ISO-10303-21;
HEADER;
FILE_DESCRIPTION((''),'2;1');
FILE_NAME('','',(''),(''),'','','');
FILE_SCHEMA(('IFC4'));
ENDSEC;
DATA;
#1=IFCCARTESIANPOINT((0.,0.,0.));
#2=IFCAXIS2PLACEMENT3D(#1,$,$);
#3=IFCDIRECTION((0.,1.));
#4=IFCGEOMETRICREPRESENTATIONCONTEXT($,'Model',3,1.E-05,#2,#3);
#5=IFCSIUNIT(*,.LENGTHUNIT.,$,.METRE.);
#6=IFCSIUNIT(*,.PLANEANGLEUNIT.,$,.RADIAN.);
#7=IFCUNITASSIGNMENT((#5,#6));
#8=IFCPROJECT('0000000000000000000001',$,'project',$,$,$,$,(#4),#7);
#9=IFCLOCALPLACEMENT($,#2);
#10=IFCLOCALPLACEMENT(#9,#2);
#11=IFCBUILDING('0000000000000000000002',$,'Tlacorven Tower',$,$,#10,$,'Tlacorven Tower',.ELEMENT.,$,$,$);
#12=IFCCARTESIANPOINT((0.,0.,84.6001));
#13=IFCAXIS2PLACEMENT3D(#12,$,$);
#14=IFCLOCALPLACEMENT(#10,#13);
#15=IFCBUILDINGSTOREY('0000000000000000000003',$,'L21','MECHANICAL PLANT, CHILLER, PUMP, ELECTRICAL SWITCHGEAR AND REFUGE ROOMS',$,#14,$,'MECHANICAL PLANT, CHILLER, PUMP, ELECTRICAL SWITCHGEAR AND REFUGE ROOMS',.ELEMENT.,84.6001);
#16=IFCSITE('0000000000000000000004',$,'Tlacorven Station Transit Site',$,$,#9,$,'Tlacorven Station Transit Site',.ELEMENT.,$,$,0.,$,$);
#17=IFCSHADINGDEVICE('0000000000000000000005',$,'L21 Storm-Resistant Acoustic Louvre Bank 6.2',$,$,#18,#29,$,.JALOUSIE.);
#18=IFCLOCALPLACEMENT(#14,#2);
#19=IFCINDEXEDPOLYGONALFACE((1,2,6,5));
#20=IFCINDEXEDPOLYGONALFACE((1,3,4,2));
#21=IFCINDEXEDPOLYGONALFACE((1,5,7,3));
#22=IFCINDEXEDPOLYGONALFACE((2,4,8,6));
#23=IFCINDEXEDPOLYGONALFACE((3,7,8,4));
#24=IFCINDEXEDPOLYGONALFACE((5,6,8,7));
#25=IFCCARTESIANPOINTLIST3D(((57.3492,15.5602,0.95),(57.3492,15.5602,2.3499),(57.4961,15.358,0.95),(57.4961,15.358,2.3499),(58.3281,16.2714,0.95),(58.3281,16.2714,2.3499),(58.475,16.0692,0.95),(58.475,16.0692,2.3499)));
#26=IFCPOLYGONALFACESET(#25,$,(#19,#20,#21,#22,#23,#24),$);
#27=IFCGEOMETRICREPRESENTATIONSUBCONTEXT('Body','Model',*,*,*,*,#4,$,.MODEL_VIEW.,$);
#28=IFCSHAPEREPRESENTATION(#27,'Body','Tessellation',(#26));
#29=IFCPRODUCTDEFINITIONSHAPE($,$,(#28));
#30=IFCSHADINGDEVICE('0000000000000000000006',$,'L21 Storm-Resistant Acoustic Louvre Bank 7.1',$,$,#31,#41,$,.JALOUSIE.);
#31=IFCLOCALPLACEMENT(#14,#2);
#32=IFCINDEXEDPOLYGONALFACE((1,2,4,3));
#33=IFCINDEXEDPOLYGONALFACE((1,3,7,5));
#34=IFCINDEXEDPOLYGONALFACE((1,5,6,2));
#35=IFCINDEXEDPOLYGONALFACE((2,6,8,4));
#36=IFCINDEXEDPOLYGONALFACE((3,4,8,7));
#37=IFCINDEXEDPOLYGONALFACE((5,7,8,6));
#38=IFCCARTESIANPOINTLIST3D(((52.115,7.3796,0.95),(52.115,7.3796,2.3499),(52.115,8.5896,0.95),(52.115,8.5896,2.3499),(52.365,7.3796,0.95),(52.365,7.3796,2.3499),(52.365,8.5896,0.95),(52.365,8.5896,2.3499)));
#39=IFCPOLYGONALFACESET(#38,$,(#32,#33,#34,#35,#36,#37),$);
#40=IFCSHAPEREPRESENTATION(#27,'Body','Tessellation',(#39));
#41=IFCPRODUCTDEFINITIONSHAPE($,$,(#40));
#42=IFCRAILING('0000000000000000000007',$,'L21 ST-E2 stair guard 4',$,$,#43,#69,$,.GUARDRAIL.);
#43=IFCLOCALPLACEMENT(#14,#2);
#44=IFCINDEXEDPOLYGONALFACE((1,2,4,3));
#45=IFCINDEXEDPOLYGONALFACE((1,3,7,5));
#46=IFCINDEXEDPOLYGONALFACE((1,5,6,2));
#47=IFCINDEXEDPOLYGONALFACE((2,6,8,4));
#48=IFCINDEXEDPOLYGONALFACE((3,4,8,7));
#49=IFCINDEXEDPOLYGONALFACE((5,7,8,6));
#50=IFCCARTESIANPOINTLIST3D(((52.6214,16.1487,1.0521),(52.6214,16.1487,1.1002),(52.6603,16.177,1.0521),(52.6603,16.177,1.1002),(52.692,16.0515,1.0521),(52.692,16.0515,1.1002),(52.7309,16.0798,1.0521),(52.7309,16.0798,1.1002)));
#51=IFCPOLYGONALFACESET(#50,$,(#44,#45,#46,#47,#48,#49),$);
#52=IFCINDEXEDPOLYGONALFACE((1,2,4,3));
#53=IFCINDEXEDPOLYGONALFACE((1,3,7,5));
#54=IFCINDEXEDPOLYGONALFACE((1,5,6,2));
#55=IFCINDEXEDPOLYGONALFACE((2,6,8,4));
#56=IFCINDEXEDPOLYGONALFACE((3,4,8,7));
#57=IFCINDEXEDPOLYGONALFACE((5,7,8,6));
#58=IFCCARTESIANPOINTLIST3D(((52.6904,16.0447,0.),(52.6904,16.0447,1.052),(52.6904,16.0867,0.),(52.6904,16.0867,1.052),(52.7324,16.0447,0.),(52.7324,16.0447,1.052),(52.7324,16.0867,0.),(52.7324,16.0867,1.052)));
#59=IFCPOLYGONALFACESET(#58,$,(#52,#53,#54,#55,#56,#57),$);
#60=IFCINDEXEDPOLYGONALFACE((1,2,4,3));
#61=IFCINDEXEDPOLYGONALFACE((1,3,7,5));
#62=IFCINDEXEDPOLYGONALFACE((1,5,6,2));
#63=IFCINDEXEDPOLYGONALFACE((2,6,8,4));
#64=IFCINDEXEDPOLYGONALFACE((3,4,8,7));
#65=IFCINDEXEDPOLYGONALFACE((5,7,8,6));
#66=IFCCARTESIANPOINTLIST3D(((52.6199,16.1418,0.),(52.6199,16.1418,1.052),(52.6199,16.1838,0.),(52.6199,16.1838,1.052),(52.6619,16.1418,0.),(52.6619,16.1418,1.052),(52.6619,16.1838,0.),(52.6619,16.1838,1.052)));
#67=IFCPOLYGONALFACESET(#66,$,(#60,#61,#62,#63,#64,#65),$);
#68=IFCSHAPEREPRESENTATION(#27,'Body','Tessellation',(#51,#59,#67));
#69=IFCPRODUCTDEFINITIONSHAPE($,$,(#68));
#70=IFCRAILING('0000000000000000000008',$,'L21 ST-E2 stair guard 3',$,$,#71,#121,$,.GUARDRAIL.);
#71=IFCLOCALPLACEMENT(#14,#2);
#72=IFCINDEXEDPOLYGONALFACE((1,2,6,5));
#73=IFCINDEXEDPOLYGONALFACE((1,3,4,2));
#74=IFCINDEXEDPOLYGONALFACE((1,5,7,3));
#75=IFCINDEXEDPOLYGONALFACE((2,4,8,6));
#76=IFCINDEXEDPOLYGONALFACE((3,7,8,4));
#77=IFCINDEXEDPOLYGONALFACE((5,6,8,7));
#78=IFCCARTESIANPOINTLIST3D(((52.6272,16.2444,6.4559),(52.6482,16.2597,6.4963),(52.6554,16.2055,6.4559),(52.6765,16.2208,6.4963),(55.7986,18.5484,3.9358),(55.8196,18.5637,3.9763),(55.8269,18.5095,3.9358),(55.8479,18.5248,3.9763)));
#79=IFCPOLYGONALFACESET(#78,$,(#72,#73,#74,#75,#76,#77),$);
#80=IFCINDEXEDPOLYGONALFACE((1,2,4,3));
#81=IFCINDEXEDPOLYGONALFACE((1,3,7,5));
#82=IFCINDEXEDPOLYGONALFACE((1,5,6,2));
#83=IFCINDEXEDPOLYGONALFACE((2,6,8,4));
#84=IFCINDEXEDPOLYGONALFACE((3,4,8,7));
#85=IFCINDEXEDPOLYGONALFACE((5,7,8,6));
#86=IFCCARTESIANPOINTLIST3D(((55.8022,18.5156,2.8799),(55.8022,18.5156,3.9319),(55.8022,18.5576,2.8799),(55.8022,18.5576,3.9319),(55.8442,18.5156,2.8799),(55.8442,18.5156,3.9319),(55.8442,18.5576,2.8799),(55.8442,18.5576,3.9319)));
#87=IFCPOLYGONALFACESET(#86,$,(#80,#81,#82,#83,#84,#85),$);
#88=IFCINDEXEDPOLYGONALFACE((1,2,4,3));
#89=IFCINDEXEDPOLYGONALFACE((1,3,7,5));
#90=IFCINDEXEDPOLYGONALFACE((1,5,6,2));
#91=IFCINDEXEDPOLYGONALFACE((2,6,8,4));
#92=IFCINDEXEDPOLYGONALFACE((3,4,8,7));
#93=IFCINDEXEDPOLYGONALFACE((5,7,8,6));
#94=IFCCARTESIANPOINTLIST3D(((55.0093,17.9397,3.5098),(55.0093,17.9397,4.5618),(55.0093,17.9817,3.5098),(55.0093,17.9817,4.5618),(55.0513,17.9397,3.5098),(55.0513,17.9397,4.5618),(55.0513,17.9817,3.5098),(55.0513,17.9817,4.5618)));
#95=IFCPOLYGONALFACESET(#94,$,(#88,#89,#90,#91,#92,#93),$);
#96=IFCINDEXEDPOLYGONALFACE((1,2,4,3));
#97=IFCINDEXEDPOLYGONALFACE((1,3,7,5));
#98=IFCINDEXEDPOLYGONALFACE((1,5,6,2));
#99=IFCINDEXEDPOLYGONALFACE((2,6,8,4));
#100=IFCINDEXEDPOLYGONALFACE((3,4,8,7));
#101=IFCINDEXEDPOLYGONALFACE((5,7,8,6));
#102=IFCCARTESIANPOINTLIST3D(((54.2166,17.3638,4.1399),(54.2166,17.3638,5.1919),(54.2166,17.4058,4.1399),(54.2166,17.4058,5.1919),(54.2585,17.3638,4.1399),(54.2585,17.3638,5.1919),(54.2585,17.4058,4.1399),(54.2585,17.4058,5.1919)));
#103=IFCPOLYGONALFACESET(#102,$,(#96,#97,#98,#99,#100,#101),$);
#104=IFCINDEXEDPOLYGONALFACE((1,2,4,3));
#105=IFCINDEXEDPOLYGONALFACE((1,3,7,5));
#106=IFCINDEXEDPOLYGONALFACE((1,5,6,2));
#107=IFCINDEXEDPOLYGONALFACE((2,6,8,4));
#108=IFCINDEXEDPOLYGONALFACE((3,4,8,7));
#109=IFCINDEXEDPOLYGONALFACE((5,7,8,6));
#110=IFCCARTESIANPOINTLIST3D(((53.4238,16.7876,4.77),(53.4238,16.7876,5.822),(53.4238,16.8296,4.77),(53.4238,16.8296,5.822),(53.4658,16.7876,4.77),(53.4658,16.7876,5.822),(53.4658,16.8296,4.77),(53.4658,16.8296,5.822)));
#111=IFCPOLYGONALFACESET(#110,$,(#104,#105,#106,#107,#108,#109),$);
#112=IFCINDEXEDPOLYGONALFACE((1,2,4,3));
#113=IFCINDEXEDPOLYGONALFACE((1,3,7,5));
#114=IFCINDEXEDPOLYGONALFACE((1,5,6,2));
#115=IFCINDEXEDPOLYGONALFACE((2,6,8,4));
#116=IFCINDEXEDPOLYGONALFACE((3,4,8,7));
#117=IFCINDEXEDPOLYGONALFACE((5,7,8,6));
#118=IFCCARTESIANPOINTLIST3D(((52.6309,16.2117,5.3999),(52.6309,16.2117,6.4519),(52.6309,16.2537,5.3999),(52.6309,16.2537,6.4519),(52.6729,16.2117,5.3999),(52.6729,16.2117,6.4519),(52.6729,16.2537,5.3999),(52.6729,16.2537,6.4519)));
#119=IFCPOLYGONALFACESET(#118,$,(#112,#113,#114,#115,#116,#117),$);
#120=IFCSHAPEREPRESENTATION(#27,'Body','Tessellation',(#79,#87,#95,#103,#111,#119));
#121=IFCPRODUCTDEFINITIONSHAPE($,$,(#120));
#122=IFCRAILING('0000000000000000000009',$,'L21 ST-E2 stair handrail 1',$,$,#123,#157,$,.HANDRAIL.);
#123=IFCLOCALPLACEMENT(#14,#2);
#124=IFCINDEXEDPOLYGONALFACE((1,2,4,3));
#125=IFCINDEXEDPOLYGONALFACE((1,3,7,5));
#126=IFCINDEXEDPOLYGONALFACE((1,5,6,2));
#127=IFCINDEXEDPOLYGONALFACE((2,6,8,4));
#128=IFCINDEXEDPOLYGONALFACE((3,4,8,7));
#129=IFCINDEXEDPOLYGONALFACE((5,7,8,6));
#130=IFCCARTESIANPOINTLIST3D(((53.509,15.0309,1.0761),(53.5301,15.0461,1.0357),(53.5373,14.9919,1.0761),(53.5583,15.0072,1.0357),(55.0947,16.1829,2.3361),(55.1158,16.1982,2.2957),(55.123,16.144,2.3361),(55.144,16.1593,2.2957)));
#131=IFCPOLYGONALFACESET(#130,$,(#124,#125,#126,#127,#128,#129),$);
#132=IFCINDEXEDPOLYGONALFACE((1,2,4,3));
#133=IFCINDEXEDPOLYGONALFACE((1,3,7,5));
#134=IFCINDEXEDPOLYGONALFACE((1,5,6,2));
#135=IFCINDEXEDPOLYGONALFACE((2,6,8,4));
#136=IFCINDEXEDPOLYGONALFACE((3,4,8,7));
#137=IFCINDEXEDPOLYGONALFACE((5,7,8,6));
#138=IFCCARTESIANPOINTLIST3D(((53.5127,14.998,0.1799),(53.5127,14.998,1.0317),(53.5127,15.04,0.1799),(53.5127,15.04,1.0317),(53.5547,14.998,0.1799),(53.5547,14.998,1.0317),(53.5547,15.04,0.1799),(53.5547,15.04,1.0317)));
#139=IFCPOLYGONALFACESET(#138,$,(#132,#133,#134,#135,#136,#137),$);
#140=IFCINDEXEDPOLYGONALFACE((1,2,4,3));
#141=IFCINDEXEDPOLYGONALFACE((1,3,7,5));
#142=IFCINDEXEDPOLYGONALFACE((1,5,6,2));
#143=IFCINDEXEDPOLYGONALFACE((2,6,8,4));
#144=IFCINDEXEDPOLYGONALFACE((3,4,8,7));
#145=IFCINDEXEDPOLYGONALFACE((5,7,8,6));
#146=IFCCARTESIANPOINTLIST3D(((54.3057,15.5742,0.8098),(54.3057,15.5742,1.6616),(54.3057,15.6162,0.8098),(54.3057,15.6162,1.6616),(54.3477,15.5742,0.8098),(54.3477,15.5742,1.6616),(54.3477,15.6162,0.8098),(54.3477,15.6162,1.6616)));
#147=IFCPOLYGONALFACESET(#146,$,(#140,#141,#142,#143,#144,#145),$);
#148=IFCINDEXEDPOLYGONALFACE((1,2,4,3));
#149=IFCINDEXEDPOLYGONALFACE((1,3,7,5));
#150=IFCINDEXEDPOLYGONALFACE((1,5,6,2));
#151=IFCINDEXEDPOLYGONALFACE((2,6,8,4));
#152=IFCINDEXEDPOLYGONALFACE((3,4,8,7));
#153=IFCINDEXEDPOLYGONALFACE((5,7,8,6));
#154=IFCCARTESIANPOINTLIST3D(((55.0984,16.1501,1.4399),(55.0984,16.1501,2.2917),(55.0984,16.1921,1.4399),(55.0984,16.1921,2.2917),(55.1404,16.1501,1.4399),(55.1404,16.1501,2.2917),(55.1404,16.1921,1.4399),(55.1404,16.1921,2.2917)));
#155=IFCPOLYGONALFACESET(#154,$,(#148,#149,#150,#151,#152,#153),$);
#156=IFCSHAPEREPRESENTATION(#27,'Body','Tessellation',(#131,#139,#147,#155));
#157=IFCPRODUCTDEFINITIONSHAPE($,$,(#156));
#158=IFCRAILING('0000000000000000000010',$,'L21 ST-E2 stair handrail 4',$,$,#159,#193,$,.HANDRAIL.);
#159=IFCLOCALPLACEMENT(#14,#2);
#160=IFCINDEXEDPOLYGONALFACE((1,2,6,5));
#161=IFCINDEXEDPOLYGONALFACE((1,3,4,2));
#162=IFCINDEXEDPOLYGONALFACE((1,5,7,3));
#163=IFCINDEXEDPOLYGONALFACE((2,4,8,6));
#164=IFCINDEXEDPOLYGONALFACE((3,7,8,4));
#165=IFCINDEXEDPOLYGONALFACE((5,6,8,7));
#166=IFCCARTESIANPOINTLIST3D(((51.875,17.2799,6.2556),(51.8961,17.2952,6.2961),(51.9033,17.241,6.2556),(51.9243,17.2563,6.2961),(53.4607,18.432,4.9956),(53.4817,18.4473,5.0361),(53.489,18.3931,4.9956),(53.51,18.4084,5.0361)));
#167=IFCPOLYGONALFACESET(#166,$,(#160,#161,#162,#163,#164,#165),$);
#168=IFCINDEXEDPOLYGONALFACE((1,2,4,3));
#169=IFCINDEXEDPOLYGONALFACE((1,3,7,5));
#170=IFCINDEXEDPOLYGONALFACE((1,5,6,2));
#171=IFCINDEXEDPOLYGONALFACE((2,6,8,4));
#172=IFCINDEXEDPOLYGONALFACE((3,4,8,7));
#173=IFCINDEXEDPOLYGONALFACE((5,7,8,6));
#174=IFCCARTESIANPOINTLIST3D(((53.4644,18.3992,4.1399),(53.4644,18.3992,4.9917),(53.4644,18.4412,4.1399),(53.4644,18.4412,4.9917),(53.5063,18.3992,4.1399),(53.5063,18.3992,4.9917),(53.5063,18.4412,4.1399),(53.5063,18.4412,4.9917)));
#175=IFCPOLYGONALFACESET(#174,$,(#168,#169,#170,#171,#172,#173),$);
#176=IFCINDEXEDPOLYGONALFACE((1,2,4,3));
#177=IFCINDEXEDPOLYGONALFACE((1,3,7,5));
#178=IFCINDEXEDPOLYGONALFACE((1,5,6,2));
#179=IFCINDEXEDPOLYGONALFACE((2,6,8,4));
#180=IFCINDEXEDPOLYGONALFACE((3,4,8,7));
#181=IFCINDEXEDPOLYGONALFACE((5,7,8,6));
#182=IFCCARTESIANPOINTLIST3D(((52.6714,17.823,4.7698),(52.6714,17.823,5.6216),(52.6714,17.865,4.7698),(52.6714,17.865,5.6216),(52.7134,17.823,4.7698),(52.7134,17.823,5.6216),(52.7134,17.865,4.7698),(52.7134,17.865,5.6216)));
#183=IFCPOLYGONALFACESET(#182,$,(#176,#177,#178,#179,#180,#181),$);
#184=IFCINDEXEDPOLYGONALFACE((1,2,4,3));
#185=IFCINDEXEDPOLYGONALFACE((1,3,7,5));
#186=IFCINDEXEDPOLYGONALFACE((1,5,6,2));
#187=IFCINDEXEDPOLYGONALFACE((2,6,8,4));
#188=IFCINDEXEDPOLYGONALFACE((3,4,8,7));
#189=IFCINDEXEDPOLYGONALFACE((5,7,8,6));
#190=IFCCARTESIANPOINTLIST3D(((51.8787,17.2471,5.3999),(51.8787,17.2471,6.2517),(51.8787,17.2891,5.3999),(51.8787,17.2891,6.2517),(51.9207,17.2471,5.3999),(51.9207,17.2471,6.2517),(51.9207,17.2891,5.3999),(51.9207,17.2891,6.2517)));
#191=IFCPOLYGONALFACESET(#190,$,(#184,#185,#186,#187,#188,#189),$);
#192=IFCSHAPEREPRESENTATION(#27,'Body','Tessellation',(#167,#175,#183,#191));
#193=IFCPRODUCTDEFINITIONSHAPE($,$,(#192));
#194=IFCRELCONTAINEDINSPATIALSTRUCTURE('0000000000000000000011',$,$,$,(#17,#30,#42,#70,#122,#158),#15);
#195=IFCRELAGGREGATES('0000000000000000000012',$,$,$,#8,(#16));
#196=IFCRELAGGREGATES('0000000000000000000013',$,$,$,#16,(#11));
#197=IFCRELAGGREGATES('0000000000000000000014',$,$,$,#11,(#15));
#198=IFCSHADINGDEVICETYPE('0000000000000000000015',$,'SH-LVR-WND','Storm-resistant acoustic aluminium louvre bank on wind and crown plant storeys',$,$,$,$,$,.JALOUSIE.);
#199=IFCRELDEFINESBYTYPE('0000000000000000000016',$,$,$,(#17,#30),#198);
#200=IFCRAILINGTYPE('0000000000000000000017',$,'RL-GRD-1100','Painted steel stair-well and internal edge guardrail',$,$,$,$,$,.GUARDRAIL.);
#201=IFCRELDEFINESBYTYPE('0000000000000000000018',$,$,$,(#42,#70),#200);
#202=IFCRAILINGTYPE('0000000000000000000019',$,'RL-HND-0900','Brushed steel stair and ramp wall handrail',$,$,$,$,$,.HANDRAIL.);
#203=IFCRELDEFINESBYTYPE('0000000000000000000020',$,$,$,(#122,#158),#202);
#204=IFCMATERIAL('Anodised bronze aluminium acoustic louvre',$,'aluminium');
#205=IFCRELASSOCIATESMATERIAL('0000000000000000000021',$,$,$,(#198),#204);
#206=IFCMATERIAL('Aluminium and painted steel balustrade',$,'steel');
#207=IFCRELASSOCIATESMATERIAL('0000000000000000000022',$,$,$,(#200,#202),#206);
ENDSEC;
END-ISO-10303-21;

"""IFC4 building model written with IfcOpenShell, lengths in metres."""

from ifc_helpers import new_model, si_unit, direction, frame, origin, origin_2d, place, context, subcontext, project, spatial, rectangle, extrude, source, transform, mapped, material, type_object, element, save


model = new_model("IFC4")

# Units and contexts
model_context = context("Model", 3, precision=1e-05, world=origin(), true_north=direction((0.0, 1.0)))
body_context = subcontext(model_context, "Body", "Model", "MODEL_VIEW")
ifc_project = project(units=[si_unit("LENGTHUNIT", "METRE"), si_unit("PLANEANGLEUNIT", "RADIAN")], contexts=[model_context])

# Site, building, storey
site_placement = place(None, origin())
site = spatial("IfcSite", under=ifc_project, at=site_placement, Name="Tlacorven Station Transit Site", LongName="Tlacorven Station Transit Site", CompositionType="ELEMENT", RefElevation=0.0)
building_placement = place(site_placement, origin())
building = spatial("IfcBuilding", under=site, at=building_placement, Name="Tlacorven Tower", LongName="Tlacorven Tower", CompositionType="ELEMENT")
storey_placement = place(building_placement, frame((0.0, 0.0, 84.6001)))
storey = spatial("IfcBuildingStorey", under=building, at=storey_placement, Name="L21", Description="MECHANICAL PLANT, CHILLER, PUMP, ELECTRICAL SWITCHGEAR AND REFUGE ROOMS", LongName="MECHANICAL PLANT, CHILLER, PUMP, ELECTRICAL SWITCHGEAR AND REFUGE ROOMS", CompositionType="ELEMENT", Elevation=84.6001)

# Shading devices
ifc_material_1 = material(Name="Anodised bronze aluminium acoustic louvre", Category="aluminium")
shading_device_type = type_object("IfcShadingDeviceType", Name="SH-LVR-WND", Description="Storm-resistant acoustic aluminium louvre bank on wind and crown plant storeys", PredefinedType="JALOUSIE", material=ifc_material_1)
shared_shape_1 = source(origin(), body_context, "Body", "SweptSolid", [
    extrude(rectangle(XDim=1.21, YDim=0.25, at=origin_2d()), origin(), (0.0, 0.0, 1.0), 1.3999),
])
for number, where, z_axis, x_axis, name in (
    (1, (57.9121, 15.8147, 0.95), (0.0, 0.0, 1.0), (-0.809017, -0.587785, 0.0), "L21 Storm-Resistant Acoustic Louvre Bank 6.2"),
    (2, (52.24, 7.9846, 0.95), (0.0, 0.0, 1.0), (0.0, -1.0, 0.0), "L21 Storm-Resistant Acoustic Louvre Bank 7.1"),
):
    element("IfcShadingDevice", number, at=place(storey_placement, frame(where, z_axis=z_axis, x_axis=x_axis)), inside=storey, type_object=shading_device_type, Name=name, PredefinedType="JALOUSIE", context=body_context, shape_type="MappedRepresentation", body=[
        mapped(shared_shape_1, transform((0.0, 0.0, 0.0), scale=1.0)),
    ])

# Railings
ifc_material_2 = material(Name="Aluminium and painted steel balustrade", Category="steel")
railing_type_1 = type_object("IfcRailingType", Name="RL-GRD-1100", Description="Painted steel stair-well and internal edge guardrail", PredefinedType="GUARDRAIL", material=ifc_material_2)
shared_shape_2 = source(origin(), body_context, "Body", "SweptSolid", [
    extrude(rectangle(XDim=0.0481, YDim=0.0481, at=origin_2d()), frame((0.0, 0.0, 1.0762), z_axis=(-0.587567, 0.809175, 0.0), x_axis=(-0.809175, -0.587567, 0.0)), (0.0, 0.0, 1.0), 0.1201),
    extrude(rectangle(XDim=0.042, YDim=0.042, at=origin_2d()), origin(), (0.0, 0.0, 1.0), 1.052),
    extrude(rectangle(XDim=0.042, YDim=0.042, at=origin_2d()), frame((-0.0706, 0.0972, 0.0)), (0.0, 0.0, 1.0), 1.052),
])
railing_1_placement = place(storey_placement, frame((52.7114, 16.0657, 0.0)))
element("IfcRailing", 3, at=railing_1_placement, inside=storey, type_object=railing_type_1, Name="L21 ST-E2 stair guard 4", PredefinedType="GUARDRAIL", context=body_context, shape_type="MappedRepresentation", body=[
    mapped(shared_shape_2, transform((0.0, 0.0, 0.0), scale=1.0)),
])
shared_shape_3 = source(origin(), body_context, "Body", "SweptSolid", [
    extrude(rectangle(XDim=0.0481, YDim=0.0481, at=origin_2d()), frame((0.0, 0.0, 1.0762), z_axis=(-0.680543, -0.494402, 0.540767), x_axis=(0.587753, -0.80904, 0.0)), (0.0, 0.0, 1.0), 4.6602),
    extrude(rectangle(XDim=0.042, YDim=0.042, at=origin_2d()), origin(), (0.0, 0.0, 1.0), 1.052),
    extrude(rectangle(XDim=0.042, YDim=0.042, at=origin_2d()), frame((-0.793, -0.5759, 0.6299)), (0.0, 0.0, 1.0), 1.052),
    extrude(rectangle(XDim=0.042, YDim=0.042, at=origin_2d()), frame((-1.5857, -1.1519, 1.26)), (0.0, 0.0, 1.0), 1.052),
    extrude(rectangle(XDim=0.042, YDim=0.042, at=origin_2d()), frame((-2.3784, -1.728, 1.8901)), (0.0, 0.0, 1.0), 1.052),
    extrude(rectangle(XDim=0.042, YDim=0.042, at=origin_2d()), frame((-3.1714, -2.304, 2.52)), (0.0, 0.0, 1.0), 1.052),
])
railing_2_placement = place(storey_placement, frame((55.8232, 18.5366, 2.8799)))
element("IfcRailing", 4, at=railing_2_placement, inside=storey, type_object=railing_type_1, Name="L21 ST-E2 stair guard 3", PredefinedType="GUARDRAIL", context=body_context, shape_type="MappedRepresentation", body=[
    mapped(shared_shape_3, transform((0.0, 0.0, 0.0), scale=1.0)),
])
railing_type_2 = type_object("IfcRailingType", Name="RL-HND-0900", Description="Brushed steel stair and ramp wall handrail", PredefinedType="HANDRAIL", material=ifc_material_2)
shared_shape_4 = source(origin(), body_context, "Body", "SweptSolid", [
    extrude(rectangle(XDim=0.0481, YDim=0.0481, at=origin_2d()), frame((0.0, 0.0, 0.876), z_axis=(0.680525, 0.494441, 0.540753), x_axis=(-0.587794, 0.809011, 0.0)), (0.0, 0.0, 1.0), 2.3301),
    extrude(rectangle(XDim=0.042, YDim=0.042, at=origin_2d()), origin(), (0.0, 0.0, 1.0), 0.8518),
    extrude(rectangle(XDim=0.042, YDim=0.042, at=origin_2d()), frame((0.793, 0.5762, 0.6299)), (0.0, 0.0, 1.0), 0.8518),
    extrude(rectangle(XDim=0.042, YDim=0.042, at=origin_2d()), frame((1.5857, 1.1521, 1.26)), (0.0, 0.0, 1.0), 0.8518),
])
railing_3_placement = place(storey_placement, frame((53.5337, 15.019, 0.1799)))
element("IfcRailing", 5, at=railing_3_placement, inside=storey, type_object=railing_type_2, Name="L21 ST-E2 stair handrail 1", PredefinedType="HANDRAIL", context=body_context, shape_type="MappedRepresentation", body=[
    mapped(shared_shape_4, transform((0.0, 0.0, 0.0), scale=1.0)),
])
shared_shape_5 = source(origin(), body_context, "Body", "SweptSolid", [
    extrude(rectangle(XDim=0.0481, YDim=0.0481, at=origin_2d()), frame((0.0, 0.0, 0.876), z_axis=(-0.680525, -0.494441, 0.540753), x_axis=(0.587794, -0.809011, 0.0)), (0.0, 0.0, 1.0), 2.3301),
    extrude(rectangle(XDim=0.042, YDim=0.042, at=origin_2d()), origin(), (0.0, 0.0, 1.0), 0.8518),
    extrude(rectangle(XDim=0.042, YDim=0.042, at=origin_2d()), frame((-0.793, -0.5762, 0.6299)), (0.0, 0.0, 1.0), 0.8518),
    extrude(rectangle(XDim=0.042, YDim=0.042, at=origin_2d()), frame((-1.5857, -1.1521, 1.26)), (0.0, 0.0, 1.0), 0.8518),
])
railing_4_placement = place(storey_placement, frame((53.4854, 18.4202, 4.1399)))
element("IfcRailing", 6, at=railing_4_placement, inside=storey, type_object=railing_type_2, Name="L21 ST-E2 stair handrail 4", PredefinedType="HANDRAIL", context=body_context, shape_type="MappedRepresentation", body=[
    mapped(shared_shape_5, transform((0.0, 0.0, 0.0), scale=1.0)),
])

save(model, "model.ifc")
